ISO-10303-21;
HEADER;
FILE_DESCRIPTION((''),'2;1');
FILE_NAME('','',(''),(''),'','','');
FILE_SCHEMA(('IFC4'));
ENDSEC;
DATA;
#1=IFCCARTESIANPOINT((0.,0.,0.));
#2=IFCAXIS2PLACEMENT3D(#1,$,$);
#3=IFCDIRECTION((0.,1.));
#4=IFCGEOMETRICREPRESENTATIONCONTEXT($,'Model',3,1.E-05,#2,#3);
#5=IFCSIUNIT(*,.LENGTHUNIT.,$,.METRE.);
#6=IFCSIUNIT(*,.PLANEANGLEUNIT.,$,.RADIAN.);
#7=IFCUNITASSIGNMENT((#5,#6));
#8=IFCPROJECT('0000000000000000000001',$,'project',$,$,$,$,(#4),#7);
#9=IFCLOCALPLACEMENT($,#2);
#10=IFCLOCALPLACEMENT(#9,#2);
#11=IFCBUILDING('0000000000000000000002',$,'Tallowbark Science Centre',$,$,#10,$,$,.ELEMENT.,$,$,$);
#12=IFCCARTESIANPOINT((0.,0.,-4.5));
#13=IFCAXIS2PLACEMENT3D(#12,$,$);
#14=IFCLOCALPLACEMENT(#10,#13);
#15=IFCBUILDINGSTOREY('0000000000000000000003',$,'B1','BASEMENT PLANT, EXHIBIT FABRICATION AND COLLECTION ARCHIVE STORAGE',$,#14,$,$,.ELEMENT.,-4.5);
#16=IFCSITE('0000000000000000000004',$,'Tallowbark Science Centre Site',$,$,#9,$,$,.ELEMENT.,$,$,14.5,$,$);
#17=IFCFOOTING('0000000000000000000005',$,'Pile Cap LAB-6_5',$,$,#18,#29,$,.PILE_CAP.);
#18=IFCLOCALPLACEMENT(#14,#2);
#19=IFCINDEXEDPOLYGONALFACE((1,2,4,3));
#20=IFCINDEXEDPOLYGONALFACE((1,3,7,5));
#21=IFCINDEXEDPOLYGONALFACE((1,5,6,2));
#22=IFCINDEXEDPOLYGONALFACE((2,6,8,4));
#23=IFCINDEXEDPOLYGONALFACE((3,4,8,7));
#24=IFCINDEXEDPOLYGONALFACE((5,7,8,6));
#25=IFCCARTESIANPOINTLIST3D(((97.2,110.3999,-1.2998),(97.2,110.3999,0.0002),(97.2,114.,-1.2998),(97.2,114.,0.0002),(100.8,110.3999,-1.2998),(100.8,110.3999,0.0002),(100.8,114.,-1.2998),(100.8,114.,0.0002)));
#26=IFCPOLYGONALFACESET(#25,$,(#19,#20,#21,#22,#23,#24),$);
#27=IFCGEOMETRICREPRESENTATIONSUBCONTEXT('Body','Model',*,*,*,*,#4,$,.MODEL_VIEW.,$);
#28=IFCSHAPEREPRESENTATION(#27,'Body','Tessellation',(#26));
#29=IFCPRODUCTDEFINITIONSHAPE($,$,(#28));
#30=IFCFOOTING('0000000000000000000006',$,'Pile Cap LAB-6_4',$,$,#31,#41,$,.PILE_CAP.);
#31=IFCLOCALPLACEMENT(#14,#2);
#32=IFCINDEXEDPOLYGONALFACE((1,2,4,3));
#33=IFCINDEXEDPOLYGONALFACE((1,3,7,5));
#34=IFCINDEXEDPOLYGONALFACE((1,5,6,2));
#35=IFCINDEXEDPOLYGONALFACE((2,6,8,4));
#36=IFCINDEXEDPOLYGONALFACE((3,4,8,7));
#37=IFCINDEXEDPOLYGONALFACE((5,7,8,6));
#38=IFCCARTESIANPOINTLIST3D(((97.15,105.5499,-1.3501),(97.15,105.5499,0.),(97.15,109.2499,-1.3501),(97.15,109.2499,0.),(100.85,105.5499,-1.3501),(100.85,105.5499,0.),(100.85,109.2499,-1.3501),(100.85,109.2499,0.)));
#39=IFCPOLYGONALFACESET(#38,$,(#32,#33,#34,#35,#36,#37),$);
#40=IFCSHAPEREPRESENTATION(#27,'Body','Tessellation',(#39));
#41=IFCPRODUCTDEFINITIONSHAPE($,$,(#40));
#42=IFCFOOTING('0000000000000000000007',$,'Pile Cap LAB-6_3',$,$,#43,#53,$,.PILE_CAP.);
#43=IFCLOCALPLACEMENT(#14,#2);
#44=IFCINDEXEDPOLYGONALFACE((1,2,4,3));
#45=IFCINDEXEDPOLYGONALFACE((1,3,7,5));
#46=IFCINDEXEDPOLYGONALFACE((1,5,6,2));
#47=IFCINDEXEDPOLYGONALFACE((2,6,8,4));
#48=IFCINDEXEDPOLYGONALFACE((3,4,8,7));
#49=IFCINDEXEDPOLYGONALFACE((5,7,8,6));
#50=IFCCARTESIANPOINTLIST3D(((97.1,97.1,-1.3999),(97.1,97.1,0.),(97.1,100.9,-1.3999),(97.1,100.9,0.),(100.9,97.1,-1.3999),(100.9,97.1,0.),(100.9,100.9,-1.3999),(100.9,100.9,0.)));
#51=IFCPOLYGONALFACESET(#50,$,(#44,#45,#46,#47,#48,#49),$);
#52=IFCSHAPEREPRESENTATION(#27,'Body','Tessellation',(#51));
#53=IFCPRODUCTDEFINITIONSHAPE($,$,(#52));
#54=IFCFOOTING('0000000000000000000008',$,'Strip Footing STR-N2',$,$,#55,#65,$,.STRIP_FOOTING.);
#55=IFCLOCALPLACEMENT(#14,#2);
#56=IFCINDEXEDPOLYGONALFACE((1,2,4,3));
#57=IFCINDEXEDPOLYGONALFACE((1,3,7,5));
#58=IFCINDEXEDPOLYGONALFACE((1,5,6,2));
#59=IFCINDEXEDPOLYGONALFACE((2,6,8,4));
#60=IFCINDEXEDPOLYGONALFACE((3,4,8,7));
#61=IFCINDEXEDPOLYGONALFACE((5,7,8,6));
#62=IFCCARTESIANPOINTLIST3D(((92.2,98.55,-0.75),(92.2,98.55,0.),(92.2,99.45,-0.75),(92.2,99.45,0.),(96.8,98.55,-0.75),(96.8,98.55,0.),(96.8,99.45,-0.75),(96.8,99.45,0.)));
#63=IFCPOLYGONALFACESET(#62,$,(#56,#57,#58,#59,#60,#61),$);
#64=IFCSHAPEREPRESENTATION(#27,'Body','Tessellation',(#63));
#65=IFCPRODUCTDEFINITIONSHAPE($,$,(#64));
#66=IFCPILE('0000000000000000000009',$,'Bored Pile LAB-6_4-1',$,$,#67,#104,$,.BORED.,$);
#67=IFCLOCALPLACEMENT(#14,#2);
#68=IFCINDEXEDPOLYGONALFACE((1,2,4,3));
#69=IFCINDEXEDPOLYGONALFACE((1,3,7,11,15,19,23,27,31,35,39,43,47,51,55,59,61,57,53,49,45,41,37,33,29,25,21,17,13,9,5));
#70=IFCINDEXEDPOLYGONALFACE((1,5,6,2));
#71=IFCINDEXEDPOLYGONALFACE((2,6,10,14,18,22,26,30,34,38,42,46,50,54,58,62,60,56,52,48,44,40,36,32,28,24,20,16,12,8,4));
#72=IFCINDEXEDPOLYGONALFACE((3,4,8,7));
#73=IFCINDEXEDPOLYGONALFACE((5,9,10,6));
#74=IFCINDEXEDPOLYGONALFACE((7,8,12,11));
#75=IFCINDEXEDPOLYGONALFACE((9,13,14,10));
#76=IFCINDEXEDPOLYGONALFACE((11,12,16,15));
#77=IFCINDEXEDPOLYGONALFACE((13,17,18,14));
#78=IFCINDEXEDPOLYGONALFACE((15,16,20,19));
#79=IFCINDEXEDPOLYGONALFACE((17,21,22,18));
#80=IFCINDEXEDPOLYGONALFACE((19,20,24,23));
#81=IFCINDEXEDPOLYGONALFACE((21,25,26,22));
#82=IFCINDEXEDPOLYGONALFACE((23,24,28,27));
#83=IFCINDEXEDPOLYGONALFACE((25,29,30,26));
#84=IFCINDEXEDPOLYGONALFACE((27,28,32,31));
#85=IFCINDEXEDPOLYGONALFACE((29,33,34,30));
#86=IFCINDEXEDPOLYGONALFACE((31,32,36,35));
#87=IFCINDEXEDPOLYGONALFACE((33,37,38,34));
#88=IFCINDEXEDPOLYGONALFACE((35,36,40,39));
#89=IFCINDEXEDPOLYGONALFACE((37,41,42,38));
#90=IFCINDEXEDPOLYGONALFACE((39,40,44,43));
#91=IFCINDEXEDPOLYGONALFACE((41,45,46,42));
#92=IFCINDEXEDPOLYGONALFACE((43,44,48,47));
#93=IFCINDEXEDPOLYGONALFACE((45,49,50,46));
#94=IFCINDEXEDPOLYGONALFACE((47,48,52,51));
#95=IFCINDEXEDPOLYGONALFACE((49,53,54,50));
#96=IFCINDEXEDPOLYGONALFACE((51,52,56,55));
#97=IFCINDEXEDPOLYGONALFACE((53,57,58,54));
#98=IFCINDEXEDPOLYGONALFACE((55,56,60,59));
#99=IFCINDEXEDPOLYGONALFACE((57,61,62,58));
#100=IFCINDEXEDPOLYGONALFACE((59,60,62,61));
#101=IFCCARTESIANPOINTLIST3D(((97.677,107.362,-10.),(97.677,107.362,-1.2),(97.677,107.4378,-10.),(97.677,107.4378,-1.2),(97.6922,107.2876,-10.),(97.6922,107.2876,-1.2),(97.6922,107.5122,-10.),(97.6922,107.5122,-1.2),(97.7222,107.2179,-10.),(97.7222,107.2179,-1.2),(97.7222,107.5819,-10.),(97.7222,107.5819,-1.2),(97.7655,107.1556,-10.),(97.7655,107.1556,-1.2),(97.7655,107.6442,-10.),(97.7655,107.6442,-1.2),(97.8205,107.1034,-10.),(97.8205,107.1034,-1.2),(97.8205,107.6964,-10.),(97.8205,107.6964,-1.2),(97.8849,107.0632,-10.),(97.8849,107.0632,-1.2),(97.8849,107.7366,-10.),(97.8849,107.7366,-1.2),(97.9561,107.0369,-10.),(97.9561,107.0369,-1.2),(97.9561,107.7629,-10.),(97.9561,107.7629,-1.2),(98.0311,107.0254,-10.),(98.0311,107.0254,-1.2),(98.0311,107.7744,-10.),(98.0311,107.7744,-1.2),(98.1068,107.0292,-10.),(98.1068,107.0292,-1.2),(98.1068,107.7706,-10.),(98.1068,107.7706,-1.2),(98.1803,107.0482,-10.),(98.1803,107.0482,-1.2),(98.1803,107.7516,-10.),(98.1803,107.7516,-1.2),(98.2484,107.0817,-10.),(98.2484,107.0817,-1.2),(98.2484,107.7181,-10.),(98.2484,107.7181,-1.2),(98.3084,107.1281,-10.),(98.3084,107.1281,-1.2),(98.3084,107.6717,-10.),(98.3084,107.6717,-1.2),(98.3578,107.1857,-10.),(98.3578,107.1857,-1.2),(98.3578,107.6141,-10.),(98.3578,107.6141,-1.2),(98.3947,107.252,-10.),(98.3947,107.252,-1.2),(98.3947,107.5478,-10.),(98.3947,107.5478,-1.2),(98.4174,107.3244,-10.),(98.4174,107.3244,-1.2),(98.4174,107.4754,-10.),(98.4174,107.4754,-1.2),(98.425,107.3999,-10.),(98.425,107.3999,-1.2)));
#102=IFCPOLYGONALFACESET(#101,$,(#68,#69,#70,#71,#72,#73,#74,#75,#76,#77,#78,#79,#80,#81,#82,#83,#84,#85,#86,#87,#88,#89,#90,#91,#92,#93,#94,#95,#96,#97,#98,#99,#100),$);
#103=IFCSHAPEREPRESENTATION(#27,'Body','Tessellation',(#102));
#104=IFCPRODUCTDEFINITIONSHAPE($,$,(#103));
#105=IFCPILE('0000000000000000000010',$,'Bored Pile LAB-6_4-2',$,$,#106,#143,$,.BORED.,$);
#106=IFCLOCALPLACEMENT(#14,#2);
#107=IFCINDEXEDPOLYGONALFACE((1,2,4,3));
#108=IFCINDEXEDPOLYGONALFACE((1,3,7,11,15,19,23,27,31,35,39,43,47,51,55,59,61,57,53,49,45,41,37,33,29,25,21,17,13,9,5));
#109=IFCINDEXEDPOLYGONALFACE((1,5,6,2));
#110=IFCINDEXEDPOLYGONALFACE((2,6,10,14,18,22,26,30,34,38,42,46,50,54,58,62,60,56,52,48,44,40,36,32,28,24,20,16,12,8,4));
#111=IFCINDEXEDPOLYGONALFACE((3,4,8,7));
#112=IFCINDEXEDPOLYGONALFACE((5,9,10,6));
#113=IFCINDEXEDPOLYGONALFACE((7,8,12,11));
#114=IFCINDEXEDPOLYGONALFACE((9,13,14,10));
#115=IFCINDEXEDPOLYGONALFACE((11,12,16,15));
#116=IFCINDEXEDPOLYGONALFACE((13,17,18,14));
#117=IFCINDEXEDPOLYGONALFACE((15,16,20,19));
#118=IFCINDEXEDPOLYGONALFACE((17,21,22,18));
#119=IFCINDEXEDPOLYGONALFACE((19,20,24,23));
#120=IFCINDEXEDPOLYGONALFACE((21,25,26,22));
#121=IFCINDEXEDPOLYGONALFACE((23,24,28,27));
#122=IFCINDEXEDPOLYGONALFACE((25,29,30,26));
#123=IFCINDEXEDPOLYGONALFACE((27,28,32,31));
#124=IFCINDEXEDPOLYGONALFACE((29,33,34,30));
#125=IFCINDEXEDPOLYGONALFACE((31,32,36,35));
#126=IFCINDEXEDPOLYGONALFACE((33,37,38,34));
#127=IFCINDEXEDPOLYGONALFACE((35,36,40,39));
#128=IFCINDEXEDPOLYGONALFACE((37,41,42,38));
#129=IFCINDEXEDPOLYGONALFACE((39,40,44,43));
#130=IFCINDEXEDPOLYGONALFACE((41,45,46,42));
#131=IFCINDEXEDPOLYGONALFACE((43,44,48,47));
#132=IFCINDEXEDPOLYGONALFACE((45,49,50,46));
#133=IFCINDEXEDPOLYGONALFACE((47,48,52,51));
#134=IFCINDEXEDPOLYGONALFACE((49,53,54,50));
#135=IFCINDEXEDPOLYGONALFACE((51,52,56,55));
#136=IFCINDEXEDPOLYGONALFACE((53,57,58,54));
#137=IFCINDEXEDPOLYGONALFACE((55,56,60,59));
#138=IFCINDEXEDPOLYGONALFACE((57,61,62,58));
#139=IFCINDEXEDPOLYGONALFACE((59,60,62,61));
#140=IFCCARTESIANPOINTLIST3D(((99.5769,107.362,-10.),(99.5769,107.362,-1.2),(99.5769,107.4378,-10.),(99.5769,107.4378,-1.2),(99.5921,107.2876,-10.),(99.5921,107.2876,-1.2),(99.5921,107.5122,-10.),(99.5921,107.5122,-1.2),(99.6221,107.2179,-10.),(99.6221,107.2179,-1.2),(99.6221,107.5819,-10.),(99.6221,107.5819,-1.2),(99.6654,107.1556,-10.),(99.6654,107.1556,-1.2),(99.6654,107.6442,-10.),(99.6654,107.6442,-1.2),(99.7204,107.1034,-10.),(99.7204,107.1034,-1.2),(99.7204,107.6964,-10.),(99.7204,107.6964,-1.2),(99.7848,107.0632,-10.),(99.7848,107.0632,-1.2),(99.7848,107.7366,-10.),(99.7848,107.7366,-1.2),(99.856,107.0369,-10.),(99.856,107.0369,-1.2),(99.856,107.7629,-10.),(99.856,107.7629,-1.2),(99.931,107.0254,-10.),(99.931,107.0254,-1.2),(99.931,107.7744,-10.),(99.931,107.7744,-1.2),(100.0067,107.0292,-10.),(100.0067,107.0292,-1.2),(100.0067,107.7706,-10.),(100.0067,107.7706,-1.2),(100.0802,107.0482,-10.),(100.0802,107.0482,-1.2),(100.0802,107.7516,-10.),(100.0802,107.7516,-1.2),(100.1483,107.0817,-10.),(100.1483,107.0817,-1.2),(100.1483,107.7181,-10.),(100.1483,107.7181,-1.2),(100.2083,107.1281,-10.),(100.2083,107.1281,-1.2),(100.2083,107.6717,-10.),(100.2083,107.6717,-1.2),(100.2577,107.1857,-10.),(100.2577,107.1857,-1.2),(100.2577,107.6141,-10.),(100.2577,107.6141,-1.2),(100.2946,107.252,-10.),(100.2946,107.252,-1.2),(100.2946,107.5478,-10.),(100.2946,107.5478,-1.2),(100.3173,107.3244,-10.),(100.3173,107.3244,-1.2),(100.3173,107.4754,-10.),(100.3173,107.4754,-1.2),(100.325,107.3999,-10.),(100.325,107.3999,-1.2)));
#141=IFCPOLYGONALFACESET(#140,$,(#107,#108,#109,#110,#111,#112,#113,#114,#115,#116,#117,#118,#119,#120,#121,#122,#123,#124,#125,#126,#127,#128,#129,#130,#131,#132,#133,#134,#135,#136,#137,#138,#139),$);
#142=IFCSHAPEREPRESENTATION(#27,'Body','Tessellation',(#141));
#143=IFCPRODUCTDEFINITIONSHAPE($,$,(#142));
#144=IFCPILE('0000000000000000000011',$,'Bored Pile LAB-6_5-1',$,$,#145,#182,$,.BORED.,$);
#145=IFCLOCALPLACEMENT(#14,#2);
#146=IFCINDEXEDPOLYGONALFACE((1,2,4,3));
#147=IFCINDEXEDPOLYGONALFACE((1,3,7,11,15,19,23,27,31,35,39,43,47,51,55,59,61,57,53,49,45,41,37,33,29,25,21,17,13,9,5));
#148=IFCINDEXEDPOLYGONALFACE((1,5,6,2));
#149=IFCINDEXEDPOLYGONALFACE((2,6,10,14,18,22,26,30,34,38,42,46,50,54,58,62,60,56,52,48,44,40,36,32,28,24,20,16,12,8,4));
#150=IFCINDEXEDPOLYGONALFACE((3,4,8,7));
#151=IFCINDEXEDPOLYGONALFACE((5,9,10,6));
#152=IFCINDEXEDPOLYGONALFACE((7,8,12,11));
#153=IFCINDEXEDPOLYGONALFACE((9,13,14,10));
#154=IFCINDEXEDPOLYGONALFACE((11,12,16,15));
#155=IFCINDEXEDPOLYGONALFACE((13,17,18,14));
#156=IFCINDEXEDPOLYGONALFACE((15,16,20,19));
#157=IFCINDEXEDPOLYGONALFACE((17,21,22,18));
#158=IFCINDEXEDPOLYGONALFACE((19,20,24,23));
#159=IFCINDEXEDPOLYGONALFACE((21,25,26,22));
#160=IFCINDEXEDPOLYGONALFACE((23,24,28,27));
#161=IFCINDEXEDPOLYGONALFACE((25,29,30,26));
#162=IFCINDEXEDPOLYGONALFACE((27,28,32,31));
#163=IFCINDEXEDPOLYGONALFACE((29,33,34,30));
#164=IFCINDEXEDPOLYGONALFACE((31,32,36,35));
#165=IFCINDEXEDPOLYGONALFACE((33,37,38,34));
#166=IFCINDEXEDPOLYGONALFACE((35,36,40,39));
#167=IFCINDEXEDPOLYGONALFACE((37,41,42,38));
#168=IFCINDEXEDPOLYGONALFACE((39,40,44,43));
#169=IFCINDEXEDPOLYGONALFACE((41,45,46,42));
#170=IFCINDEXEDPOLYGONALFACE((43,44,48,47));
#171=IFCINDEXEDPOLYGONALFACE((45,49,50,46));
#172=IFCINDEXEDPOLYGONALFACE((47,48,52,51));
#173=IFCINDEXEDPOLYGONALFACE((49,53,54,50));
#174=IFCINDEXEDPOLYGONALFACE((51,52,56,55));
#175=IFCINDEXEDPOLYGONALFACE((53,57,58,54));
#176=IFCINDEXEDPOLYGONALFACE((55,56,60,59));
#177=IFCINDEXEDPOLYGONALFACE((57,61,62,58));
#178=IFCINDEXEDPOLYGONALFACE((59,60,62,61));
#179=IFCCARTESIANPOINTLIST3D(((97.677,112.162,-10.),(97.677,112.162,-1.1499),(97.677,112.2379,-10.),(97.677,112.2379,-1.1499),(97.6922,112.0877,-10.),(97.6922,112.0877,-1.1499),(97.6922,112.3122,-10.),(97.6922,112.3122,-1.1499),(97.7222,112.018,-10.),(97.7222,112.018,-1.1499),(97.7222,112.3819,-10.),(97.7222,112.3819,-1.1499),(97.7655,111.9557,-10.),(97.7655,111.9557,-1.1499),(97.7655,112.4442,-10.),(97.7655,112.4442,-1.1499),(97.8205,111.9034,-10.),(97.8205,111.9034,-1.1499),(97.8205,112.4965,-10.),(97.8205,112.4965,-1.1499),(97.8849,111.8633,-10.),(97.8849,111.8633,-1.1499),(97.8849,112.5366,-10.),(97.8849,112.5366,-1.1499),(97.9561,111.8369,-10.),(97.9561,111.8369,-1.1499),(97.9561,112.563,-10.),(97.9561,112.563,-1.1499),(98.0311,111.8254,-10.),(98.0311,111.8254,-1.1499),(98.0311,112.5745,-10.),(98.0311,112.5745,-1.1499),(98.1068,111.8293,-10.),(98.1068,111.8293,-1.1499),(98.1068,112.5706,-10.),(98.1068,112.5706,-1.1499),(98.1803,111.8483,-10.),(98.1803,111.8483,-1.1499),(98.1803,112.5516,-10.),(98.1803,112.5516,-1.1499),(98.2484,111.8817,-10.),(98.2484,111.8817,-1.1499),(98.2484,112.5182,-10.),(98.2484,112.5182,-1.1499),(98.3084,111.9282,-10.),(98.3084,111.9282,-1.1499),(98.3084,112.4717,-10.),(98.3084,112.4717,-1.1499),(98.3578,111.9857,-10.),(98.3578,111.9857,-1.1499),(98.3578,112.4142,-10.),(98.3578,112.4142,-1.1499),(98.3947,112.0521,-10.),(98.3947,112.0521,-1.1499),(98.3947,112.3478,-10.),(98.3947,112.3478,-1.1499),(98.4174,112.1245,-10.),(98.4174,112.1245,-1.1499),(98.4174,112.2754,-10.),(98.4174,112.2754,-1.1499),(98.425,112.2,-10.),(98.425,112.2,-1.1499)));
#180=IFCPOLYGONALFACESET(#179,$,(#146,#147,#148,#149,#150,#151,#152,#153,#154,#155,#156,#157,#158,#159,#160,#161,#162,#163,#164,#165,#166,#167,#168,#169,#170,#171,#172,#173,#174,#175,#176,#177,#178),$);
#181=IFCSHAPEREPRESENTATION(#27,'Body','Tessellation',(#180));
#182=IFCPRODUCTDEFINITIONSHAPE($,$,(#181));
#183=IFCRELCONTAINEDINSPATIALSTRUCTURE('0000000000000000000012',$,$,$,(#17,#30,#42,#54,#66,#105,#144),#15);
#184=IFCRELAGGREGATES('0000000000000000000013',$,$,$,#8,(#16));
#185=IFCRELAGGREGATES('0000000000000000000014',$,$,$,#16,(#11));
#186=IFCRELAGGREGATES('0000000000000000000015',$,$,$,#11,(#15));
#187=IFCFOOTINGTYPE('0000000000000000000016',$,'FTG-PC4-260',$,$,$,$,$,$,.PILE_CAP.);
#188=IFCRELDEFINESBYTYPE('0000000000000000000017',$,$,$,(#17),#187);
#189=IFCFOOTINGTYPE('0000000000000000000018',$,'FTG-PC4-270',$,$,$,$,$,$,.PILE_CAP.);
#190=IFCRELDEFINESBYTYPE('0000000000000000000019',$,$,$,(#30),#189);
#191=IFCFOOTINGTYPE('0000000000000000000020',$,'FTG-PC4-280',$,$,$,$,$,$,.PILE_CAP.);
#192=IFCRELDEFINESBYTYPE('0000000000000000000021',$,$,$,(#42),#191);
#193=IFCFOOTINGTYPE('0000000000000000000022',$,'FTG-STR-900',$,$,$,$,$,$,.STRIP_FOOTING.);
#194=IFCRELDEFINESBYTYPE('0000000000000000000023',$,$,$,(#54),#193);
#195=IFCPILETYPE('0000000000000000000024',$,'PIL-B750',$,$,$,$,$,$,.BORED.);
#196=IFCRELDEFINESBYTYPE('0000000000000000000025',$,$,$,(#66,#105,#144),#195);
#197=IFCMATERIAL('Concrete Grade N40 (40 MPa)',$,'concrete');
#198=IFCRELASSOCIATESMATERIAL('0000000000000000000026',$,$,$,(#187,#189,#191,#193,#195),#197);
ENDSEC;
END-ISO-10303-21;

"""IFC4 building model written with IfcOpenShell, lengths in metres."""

from ifc_helpers import new_model, si_unit, direction, frame, origin, origin_2d, place, context, subcontext, project, spatial, rectangle, circle, extrude, material, material_profile, profile_set, type_object, element, save


model = new_model("IFC4")

# Units and contexts
model_context = context("Model", 3, precision=1e-05, world=origin(), true_north=direction((0.0, 1.0)))
body_context = subcontext(model_context, "Body", "Model", "MODEL_VIEW")
ifc_project = project(units=[si_unit("LENGTHUNIT", "METRE"), si_unit("PLANEANGLEUNIT", "RADIAN")], contexts=[model_context])

# Site, building, storey
site_placement = place(None, origin())
site = spatial("IfcSite", under=ifc_project, at=site_placement, Name="Tallowbark Science Centre Site", CompositionType="ELEMENT", RefElevation=14.5)
building_placement = place(site_placement, origin())
building = spatial("IfcBuilding", under=site, at=building_placement, Name="Tallowbark Science Centre", CompositionType="ELEMENT")
storey_placement = place(building_placement, frame((0.0, 0.0, -4.5)))
storey = spatial("IfcBuildingStorey", under=building, at=storey_placement, Name="B1", Description="BASEMENT PLANT, EXHIBIT FABRICATION AND COLLECTION ARCHIVE STORAGE", CompositionType="ELEMENT", Elevation=-4.5)

# Footings
ifc_material_1 = material(Name="Concrete Grade N40 (40 MPa)", Category="concrete")
footing_type_1 = type_object("IfcFootingType", Name="FTG-PC4-260", PredefinedType="PILE_CAP", material=ifc_material_1)
footing_1_placement = place(storey_placement, frame((99.0, 112.2, -1.2998), z_axis=(0.0, 0.0, 1.0), x_axis=(1.0, 0.0, 0.0)))
element("IfcFooting", 1, at=footing_1_placement, inside=storey, type_object=footing_type_1, Name="Pile Cap LAB-6_5", PredefinedType="PILE_CAP", context=body_context, shape_type="SweptSolid", body=[
    extrude(rectangle(XDim=3.6001, YDim=3.6001, at=origin_2d()), origin(), (0.0, 0.0, 1.0), 1.3),
])
footing_type_2 = type_object("IfcFootingType", Name="FTG-PC4-270", PredefinedType="PILE_CAP", material=ifc_material_1)
footing_2_placement = place(storey_placement, frame((99.0, 107.3999, -1.3501), z_axis=(0.0, 0.0, 1.0), x_axis=(1.0, 0.0, 0.0)))
element("IfcFooting", 2, at=footing_2_placement, inside=storey, type_object=footing_type_2, Name="Pile Cap LAB-6_4", PredefinedType="PILE_CAP", context=body_context, shape_type="SweptSolid", body=[
    extrude(rectangle(XDim=3.7, YDim=3.7, at=origin_2d()), origin(), (0.0, 0.0, 1.0), 1.3501),
])
footing_type_3 = type_object("IfcFootingType", Name="FTG-PC4-280", PredefinedType="PILE_CAP", material=ifc_material_1)
footing_3_placement = place(storey_placement, frame((99.0, 99.0, -1.3999), z_axis=(0.0, 0.0, 1.0), x_axis=(1.0, 0.0, 0.0)))
element("IfcFooting", 3, at=footing_3_placement, inside=storey, type_object=footing_type_3, Name="Pile Cap LAB-6_3", PredefinedType="PILE_CAP", context=body_context, shape_type="SweptSolid", body=[
    extrude(rectangle(XDim=3.8, YDim=3.8, at=origin_2d()), origin(), (0.0, 0.0, 1.0), 1.3999),
])
footing_type_4 = type_object("IfcFootingType", Name="FTG-STR-900", PredefinedType="STRIP_FOOTING", material=ifc_material_1)
footing_4_placement = place(storey_placement, frame((94.5, 99.0, -0.75), z_axis=(0.0, 0.0, 1.0), x_axis=(1.0, 0.0, 0.0)))
element("IfcFooting", 4, at=footing_4_placement, inside=storey, type_object=footing_type_4, Name="Strip Footing STR-N2", PredefinedType="STRIP_FOOTING", context=body_context, shape_type="SweptSolid", body=[
    extrude(rectangle(XDim=4.6001, YDim=0.8999, at=origin_2d()), origin(), (0.0, 0.0, 1.0), 0.75),
])

# Piles
ifc_material_profile_1 = material_profile(ifc_material_1, circle(Radius=0.375, at=origin_2d()), Name="PILE750")
ifc_profile_set_1 = profile_set([ifc_material_profile_1], Name="Concrete Grade N40 (40 MPa)")
pile_type_1 = type_object("IfcPileType", Name="PIL-B750", PredefinedType="BORED", material=ifc_profile_set_1)
for number, where, z_axis, x_axis, name in (
    (5, (98.05, 107.3999, -1.2), (0.0, 0.0, -1.0), (1.0, 0.0, 0.0), "Bored Pile LAB-6_4-1"),
    (6, (99.95, 107.3999, -1.2), (0.0, 0.0, -1.0), (1.0, 0.0, 0.0), "Bored Pile LAB-6_4-2"),
):
    element("IfcPile", number, at=place(storey_placement, frame(where, z_axis=z_axis, x_axis=x_axis)), inside=storey, type_object=pile_type_1, Name=name, PredefinedType="BORED", context=body_context, shape_type="SweptSolid", body=[
        extrude(circle(Radius=0.375, at=origin_2d()), origin(), (0.0, 0.0, 1.0), 8.8),
    ])
for number, where, z_axis, x_axis, name in (
    (7, (98.05, 112.2, -1.1499), (0.0, 0.0, -1.0), (1.0, 0.0, 0.0), "Bored Pile LAB-6_5-1"),
):
    element("IfcPile", number, at=place(storey_placement, frame(where, z_axis=z_axis, x_axis=x_axis)), inside=storey, type_object=pile_type_1, Name=name, PredefinedType="BORED", context=body_context, shape_type="SweptSolid", body=[
        extrude(circle(Radius=0.375, at=origin_2d()), origin(), (0.0, 0.0, 1.0), 8.8501),
    ])

save(model, "model.ifc")
